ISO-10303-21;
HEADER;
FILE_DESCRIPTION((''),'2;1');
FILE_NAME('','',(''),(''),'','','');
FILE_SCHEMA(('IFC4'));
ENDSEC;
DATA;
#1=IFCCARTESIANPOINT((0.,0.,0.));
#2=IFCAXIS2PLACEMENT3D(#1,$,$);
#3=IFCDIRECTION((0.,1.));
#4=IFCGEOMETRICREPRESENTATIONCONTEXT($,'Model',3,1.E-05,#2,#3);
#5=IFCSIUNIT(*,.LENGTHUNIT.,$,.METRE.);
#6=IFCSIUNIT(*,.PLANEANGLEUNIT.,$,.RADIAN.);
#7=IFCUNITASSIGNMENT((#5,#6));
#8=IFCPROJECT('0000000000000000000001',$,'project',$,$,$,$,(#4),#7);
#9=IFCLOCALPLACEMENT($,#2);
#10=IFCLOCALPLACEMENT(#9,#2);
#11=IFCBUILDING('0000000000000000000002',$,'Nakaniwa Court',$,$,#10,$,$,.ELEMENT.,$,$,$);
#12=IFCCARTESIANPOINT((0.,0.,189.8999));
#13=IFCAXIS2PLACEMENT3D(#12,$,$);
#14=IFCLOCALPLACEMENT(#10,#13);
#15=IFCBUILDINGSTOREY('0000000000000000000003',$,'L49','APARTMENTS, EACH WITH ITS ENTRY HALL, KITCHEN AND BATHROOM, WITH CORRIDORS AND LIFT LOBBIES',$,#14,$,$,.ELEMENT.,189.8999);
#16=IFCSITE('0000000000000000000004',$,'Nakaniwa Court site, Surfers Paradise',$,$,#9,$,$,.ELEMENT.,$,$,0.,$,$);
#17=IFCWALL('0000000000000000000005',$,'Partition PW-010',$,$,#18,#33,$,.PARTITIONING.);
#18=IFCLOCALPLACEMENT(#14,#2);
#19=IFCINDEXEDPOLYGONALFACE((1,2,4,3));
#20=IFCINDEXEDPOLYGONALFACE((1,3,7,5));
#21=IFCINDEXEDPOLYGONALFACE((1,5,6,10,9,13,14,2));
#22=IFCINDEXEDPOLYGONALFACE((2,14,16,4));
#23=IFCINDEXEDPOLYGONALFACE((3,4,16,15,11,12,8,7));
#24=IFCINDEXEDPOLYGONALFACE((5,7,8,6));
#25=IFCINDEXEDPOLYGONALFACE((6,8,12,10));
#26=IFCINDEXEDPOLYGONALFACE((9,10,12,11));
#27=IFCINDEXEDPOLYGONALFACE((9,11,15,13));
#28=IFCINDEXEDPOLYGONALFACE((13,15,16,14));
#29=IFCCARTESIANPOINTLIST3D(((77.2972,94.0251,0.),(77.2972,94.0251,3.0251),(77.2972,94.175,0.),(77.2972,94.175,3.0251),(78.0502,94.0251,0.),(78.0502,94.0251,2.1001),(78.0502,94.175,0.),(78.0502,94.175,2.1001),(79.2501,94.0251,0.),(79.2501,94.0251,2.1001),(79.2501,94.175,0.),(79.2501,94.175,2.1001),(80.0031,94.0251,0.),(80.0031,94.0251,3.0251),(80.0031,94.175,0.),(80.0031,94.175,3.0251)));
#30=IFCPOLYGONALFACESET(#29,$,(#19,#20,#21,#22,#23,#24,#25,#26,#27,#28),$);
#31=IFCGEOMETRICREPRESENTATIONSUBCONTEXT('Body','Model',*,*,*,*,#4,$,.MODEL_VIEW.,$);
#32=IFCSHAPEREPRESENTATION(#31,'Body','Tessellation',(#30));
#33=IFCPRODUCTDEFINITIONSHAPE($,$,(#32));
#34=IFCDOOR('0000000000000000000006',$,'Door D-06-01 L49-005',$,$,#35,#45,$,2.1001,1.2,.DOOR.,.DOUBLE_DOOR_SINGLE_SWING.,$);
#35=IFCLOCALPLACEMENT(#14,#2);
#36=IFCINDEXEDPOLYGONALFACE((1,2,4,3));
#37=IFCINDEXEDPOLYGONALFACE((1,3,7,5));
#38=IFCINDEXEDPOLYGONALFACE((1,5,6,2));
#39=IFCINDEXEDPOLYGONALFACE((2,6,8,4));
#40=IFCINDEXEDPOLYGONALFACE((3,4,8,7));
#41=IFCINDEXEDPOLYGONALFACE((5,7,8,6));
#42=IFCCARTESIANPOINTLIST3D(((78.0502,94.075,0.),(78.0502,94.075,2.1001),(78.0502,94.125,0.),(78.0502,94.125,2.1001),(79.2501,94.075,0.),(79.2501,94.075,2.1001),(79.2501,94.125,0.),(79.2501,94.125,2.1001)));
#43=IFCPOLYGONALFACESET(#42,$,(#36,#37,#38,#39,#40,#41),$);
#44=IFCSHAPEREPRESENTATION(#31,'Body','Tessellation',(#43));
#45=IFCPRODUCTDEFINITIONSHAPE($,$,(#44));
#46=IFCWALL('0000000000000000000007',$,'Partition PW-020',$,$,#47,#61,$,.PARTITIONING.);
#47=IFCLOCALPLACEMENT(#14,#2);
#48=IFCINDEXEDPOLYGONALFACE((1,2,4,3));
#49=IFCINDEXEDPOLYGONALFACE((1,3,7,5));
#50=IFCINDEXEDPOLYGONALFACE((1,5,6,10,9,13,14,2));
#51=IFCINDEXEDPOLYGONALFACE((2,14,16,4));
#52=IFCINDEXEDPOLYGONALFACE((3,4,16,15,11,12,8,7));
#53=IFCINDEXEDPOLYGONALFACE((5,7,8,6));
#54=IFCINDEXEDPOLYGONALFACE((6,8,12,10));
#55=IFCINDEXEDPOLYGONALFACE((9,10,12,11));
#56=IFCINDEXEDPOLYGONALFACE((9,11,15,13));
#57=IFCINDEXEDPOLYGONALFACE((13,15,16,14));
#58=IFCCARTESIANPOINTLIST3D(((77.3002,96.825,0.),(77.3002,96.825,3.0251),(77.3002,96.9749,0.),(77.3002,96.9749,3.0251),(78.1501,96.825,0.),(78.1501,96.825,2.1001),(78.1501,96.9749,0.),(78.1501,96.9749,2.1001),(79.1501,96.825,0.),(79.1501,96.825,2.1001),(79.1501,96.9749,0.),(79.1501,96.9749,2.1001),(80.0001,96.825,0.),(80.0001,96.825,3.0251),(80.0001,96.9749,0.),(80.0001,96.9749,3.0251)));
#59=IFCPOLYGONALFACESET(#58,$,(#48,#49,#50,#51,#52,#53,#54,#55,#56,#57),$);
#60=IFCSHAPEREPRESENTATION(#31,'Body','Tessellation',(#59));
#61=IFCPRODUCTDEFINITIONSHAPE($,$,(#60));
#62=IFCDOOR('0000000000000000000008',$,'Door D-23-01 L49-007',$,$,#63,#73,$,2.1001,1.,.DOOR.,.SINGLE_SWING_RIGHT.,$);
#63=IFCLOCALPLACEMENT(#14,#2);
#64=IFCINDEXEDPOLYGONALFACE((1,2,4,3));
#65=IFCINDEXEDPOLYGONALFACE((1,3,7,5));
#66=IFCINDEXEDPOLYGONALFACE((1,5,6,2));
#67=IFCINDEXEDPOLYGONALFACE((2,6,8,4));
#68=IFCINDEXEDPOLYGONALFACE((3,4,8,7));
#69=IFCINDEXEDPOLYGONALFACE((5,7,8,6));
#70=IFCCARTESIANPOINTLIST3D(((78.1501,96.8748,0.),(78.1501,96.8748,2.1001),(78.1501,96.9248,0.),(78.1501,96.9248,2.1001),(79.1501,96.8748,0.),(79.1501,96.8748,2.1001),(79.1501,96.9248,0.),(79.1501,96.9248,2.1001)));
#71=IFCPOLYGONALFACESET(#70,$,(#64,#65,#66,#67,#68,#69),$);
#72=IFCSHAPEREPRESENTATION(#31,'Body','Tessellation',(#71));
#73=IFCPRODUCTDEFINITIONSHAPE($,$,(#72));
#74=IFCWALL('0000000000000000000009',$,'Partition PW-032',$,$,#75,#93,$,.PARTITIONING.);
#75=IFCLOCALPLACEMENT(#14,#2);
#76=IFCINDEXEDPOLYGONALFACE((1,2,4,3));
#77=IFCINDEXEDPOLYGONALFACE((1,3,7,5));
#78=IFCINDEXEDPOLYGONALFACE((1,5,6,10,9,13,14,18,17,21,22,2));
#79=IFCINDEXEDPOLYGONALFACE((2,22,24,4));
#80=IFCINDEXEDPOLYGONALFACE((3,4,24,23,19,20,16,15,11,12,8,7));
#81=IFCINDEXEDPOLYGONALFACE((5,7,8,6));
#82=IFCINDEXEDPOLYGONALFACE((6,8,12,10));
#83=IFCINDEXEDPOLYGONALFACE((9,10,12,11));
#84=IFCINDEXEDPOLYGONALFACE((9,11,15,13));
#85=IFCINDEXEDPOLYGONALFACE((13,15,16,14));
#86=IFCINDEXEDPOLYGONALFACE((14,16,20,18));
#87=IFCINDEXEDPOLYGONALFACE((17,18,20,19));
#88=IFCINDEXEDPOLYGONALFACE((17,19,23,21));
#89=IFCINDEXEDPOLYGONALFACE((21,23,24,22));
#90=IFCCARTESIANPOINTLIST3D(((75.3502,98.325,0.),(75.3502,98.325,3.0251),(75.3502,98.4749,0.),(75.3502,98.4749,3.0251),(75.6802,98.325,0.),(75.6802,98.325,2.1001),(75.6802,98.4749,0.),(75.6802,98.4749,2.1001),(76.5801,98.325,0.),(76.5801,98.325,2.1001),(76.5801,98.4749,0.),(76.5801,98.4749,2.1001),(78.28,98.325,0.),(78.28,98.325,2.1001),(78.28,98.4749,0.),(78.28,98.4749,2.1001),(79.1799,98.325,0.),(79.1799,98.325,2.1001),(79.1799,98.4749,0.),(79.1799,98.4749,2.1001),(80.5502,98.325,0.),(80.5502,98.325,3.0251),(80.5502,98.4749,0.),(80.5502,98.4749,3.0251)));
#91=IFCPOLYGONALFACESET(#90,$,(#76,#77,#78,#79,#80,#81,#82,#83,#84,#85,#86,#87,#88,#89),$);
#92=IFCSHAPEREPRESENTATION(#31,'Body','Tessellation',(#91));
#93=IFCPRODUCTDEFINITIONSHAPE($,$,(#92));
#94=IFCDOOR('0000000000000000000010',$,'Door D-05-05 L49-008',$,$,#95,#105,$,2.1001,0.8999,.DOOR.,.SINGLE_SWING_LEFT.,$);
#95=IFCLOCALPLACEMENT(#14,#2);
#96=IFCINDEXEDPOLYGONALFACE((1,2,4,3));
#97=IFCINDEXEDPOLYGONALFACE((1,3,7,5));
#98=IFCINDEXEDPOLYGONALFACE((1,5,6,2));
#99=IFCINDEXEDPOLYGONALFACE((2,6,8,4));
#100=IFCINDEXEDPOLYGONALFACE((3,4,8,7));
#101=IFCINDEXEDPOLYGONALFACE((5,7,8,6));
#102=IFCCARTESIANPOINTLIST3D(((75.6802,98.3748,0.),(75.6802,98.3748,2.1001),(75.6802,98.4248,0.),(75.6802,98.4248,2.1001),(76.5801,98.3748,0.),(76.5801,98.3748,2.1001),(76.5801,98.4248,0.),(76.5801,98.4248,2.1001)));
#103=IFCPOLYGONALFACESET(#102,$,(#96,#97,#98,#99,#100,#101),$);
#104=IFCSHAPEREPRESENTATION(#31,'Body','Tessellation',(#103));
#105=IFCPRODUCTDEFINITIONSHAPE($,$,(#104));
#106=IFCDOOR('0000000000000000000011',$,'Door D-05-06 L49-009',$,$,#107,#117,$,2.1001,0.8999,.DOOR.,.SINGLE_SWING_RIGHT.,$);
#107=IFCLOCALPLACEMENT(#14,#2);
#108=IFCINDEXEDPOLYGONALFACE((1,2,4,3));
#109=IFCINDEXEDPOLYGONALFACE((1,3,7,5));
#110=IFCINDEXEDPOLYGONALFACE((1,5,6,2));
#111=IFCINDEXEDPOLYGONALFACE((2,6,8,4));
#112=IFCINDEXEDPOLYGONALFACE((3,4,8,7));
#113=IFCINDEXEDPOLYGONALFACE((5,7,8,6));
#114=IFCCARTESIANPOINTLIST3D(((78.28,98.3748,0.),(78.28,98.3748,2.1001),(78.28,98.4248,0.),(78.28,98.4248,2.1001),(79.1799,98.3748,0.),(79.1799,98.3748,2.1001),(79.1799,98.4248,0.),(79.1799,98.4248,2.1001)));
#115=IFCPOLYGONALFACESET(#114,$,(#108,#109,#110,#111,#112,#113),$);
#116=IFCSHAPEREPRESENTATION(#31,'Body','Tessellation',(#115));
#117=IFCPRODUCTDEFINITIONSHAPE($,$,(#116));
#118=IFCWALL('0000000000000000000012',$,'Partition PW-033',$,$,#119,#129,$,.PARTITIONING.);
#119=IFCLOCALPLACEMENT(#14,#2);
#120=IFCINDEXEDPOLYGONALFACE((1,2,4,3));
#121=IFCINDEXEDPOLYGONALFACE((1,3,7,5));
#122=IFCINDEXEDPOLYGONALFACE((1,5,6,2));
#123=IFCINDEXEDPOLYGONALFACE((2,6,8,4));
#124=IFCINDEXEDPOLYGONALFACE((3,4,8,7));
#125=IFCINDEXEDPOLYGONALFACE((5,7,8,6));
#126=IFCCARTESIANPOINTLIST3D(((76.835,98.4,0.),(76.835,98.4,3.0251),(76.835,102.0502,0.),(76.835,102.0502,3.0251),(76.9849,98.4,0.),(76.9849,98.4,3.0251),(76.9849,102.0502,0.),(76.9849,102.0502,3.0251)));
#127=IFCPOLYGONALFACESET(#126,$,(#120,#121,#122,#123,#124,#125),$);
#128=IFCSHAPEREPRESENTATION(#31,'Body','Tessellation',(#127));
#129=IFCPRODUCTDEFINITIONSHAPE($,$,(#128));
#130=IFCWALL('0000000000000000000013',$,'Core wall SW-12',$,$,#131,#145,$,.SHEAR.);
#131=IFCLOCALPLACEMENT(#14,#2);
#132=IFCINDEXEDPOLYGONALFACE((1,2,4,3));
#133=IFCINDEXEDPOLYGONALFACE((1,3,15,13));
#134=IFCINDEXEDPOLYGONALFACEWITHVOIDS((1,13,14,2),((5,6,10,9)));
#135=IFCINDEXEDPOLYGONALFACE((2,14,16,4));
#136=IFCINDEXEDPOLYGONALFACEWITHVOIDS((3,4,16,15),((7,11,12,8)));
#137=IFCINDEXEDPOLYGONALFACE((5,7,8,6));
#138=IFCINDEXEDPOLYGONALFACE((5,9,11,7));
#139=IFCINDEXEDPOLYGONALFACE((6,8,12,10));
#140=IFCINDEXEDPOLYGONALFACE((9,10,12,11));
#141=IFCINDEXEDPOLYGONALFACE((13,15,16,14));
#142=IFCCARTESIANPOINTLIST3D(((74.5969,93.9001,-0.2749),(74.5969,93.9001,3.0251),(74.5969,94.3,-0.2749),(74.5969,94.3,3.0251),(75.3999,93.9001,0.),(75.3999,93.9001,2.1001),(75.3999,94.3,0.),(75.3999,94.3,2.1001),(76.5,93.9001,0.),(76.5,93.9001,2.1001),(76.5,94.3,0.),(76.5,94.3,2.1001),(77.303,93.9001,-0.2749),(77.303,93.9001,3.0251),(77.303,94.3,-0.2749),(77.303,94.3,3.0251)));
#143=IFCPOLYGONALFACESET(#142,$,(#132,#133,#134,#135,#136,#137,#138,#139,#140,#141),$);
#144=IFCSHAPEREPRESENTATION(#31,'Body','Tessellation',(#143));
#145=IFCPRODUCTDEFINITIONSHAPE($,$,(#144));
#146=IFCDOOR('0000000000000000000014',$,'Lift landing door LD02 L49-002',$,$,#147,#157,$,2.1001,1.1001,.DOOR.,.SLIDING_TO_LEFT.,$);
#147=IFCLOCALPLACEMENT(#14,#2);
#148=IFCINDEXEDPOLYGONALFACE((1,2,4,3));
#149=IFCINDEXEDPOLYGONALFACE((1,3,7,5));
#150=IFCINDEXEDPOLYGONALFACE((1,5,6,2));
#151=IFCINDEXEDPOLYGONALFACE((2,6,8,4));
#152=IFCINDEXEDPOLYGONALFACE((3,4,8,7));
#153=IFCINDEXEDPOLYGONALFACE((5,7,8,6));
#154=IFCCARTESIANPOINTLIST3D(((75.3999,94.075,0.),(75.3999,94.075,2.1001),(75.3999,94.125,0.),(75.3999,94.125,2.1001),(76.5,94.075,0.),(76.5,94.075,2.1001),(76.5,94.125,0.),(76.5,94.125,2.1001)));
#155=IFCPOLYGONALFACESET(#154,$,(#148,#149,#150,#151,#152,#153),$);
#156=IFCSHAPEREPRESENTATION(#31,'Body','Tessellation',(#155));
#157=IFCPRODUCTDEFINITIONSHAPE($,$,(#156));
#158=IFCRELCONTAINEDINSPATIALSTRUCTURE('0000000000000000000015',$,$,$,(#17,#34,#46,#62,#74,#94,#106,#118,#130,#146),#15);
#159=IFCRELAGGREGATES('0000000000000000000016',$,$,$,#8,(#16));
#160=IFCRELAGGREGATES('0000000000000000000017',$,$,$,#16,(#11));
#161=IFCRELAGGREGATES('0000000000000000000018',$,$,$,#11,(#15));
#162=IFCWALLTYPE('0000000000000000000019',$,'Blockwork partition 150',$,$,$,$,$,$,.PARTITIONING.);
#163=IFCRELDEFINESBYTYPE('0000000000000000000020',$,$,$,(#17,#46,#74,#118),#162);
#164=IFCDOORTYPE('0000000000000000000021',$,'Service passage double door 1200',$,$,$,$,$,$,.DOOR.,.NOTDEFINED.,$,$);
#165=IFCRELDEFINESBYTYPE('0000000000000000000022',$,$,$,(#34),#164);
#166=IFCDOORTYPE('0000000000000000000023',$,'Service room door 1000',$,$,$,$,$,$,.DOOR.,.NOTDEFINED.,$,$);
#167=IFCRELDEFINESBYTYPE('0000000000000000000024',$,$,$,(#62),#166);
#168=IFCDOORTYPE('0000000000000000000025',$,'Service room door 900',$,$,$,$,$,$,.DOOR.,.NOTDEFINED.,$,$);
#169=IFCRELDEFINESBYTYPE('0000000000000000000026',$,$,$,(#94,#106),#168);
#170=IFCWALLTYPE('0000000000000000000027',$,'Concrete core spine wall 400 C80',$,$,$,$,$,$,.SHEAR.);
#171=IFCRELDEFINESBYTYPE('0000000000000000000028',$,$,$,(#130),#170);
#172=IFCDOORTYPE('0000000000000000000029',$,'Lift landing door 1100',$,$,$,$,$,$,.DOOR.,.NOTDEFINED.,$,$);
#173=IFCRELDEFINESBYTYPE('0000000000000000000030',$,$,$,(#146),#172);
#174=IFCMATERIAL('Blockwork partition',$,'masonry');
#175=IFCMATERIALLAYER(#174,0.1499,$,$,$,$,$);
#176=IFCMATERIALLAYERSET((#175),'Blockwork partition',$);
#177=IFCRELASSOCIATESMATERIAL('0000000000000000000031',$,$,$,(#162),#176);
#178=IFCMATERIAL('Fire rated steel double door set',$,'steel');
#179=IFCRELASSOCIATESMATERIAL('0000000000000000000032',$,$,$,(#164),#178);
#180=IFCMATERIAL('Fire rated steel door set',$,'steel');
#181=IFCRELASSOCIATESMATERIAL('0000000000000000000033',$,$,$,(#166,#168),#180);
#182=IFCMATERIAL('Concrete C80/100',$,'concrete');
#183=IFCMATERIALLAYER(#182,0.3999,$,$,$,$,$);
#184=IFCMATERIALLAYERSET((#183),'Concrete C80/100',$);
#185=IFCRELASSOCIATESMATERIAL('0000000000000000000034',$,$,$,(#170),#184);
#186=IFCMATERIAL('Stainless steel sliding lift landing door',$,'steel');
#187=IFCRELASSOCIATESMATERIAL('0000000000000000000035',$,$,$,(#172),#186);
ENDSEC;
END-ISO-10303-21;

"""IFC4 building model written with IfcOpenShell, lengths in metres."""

from ifc_helpers import new_model, si_unit, direction, frame, frame_2d, origin, place, context, subcontext, project, spatial, rectangle, extrude, material, layer, layer_set, type_object, element, fill, save


model = new_model("IFC4")

# Units and contexts
model_context = context("Model", 3, precision=1e-05, world=origin(), true_north=direction((0.0, 1.0)))
body_context = subcontext(model_context, "Body", "Model", "MODEL_VIEW")
ifc_project = project(units=[si_unit("LENGTHUNIT", "METRE"), si_unit("PLANEANGLEUNIT", "RADIAN")], contexts=[model_context])

# Site, building, storey
site_placement = place(None, origin())
site = spatial("IfcSite", under=ifc_project, at=site_placement, Name="Nakaniwa Court site, Surfers Paradise", CompositionType="ELEMENT", RefElevation=0.0)
building_placement = place(site_placement, origin())
building = spatial("IfcBuilding", under=site, at=building_placement, Name="Nakaniwa Court", CompositionType="ELEMENT")
storey_placement = place(building_placement, frame((0.0, 0.0, 189.8999)))
storey = spatial("IfcBuildingStorey", under=building, at=storey_placement, Name="L49", Description="APARTMENTS, EACH WITH ITS ENTRY HALL, KITCHEN AND BATHROOM, WITH CORRIDORS AND LIFT LOBBIES", CompositionType="ELEMENT", Elevation=189.8999)

# Walls, openings, doors
ifc_material_1 = material(Name="Blockwork partition", Category="masonry")
ifc_layer_1 = layer(ifc_material_1, 0.1499)
ifc_layer_set_1 = layer_set([ifc_layer_1], Name="Blockwork partition")
wall_type_1 = type_object("IfcWallType", Name="Blockwork partition 150", PredefinedType="PARTITIONING", material=ifc_layer_set_1)
wall_1_placement = place(storey_placement, frame((77.2971, 94.1001, 0.0), z_axis=(0.0, 0.0, 1.0), x_axis=(1.0, 0.0, 0.0)))
wall_1 = element("IfcWall", 1, at=wall_1_placement, inside=storey, type_object=wall_type_1, Name="Partition PW-010", PredefinedType="PARTITIONING", context=body_context, shape_type="SweptSolid", body=[
    extrude(rectangle(XDim=2.7058, YDim=0.1499, at=frame_2d((1.353, 0.0))), origin(), (0.0, 0.0, 1.0), 3.0251),
])
opening_1_placement = place(wall_1_placement, frame((0.7529, 0.0, 0.0)))
opening_1 = element("IfcOpeningElement", 2, at=opening_1_placement, cuts=wall_1, PredefinedType="OPENING", context=body_context, shape_type="SweptSolid", body=[
    extrude(rectangle(XDim=1.2, YDim=2.1001, at=frame_2d((0.6001, 1.05))), frame((0.0, 0.085, 0.0), z_axis=(0.0, -1.0, 0.0), x_axis=(1.0, 0.0, 0.0)), (0.0, 0.0, 1.0), 0.1699),
])
ifc_material_2 = material(Name="Fire rated steel double door set", Category="steel")
door_type_1 = type_object("IfcDoorType", Name="Service passage double door 1200", OperationType="NOTDEFINED", PredefinedType="DOOR", material=ifc_material_2)
door_1_placement = place(opening_1_placement, origin())
door_1 = element("IfcDoor", 3, at=door_1_placement, inside=storey, type_object=door_type_1, Name="Door D-06-01 L49-005", OperationType="DOUBLE_DOOR_SINGLE_SWING", OverallHeight=2.1001, OverallWidth=1.2, PredefinedType="DOOR", context=body_context, shape_type="SweptSolid", body=[
    extrude(rectangle(XDim=1.2, YDim=2.1001, at=frame_2d((0.6001, 1.05))), frame((0.0, 0.0249, 0.0), z_axis=(0.0, -1.0, 0.0), x_axis=(1.0, 0.0, 0.0)), (0.0, 0.0, 1.0), 0.05),
])
fill(opening_1, door_1)
wall_2_placement = place(storey_placement, frame((77.3, 96.8999, 0.0), z_axis=(0.0, 0.0, 1.0), x_axis=(1.0, 0.0, 0.0)))
wall_2 = element("IfcWall", 4, at=wall_2_placement, inside=storey, type_object=wall_type_1, Name="Partition PW-020", PredefinedType="PARTITIONING", context=body_context, shape_type="SweptSolid", body=[
    extrude(rectangle(XDim=2.7, YDim=0.1499, at=frame_2d((1.3501, 0.0))), origin(), (0.0, 0.0, 1.0), 3.0251),
])
opening_2_placement = place(wall_2_placement, frame((0.8501, 0.0, 0.0)))
opening_2 = element("IfcOpeningElement", 5, at=opening_2_placement, cuts=wall_2, PredefinedType="OPENING", context=body_context, shape_type="SweptSolid", body=[
    extrude(rectangle(XDim=1.0, YDim=2.1001, at=frame_2d((0.5, 1.05))), frame((0.0, 0.085, 0.0), z_axis=(0.0, -1.0, 0.0), x_axis=(1.0, 0.0, 0.0)), (0.0, 0.0, 1.0), 0.1699),
])
ifc_material_3 = material(Name="Fire rated steel door set", Category="steel")
door_type_2 = type_object("IfcDoorType", Name="Service room door 1000", OperationType="NOTDEFINED", PredefinedType="DOOR", material=ifc_material_3)
door_2_placement = place(opening_2_placement, origin())
door_2 = element("IfcDoor", 6, at=door_2_placement, inside=storey, type_object=door_type_2, Name="Door D-23-01 L49-007", OperationType="SINGLE_SWING_RIGHT", OverallHeight=2.1001, OverallWidth=1.0, PredefinedType="DOOR", context=body_context, shape_type="SweptSolid", body=[
    extrude(rectangle(XDim=1.0, YDim=2.1001, at=frame_2d((0.5, 1.05))), frame((0.0, 0.0249, 0.0), z_axis=(0.0, -1.0, 0.0), x_axis=(1.0, 0.0, 0.0)), (0.0, 0.0, 1.0), 0.05),
])
fill(opening_2, door_2)

# Wall, openings, doors
wall_3_placement = place(storey_placement, frame((75.3501, 98.3999, 0.0), z_axis=(0.0, 0.0, 1.0), x_axis=(1.0, 0.0, 0.0)))
wall_3 = element("IfcWall", 7, at=wall_3_placement, inside=storey, type_object=wall_type_1, Name="Partition PW-032", PredefinedType="PARTITIONING", context=body_context, shape_type="SweptSolid", body=[
    extrude(rectangle(XDim=5.2, YDim=0.1499, at=frame_2d((2.6001, 0.0))), origin(), (0.0, 0.0, 1.0), 3.0251),
])
opening_3_placement = place(wall_3_placement, frame((0.3301, 0.0, 0.0)))
opening_3 = element("IfcOpeningElement", 8, at=opening_3_placement, cuts=wall_3, PredefinedType="OPENING", context=body_context, shape_type="SweptSolid", body=[
    extrude(rectangle(XDim=0.8999, YDim=2.1001, at=frame_2d((0.45, 1.05))), frame((0.0, 0.085, 0.0), z_axis=(0.0, -1.0, 0.0), x_axis=(1.0, 0.0, 0.0)), (0.0, 0.0, 1.0), 0.1699),
])
opening_4_placement = place(wall_3_placement, frame((2.9299, 0.0, 0.0)))
opening_4 = element("IfcOpeningElement", 9, at=opening_4_placement, cuts=wall_3, PredefinedType="OPENING", context=body_context, shape_type="SweptSolid", body=[
    extrude(rectangle(XDim=0.8999, YDim=2.1001, at=frame_2d((0.45, 1.05))), frame((0.0, 0.085, 0.0), z_axis=(0.0, -1.0, 0.0), x_axis=(1.0, 0.0, 0.0)), (0.0, 0.0, 1.0), 0.1699),
])
door_type_3 = type_object("IfcDoorType", Name="Service room door 900", OperationType="NOTDEFINED", PredefinedType="DOOR", material=ifc_material_3)
door_3_placement = place(opening_3_placement, origin())
door_3 = element("IfcDoor", 10, at=door_3_placement, inside=storey, type_object=door_type_3, Name="Door D-05-05 L49-008", OperationType="SINGLE_SWING_LEFT", OverallHeight=2.1001, OverallWidth=0.8999, PredefinedType="DOOR", context=body_context, shape_type="SweptSolid", body=[
    extrude(rectangle(XDim=0.8999, YDim=2.1001, at=frame_2d((0.45, 1.05))), frame((0.0, 0.0249, 0.0), z_axis=(0.0, -1.0, 0.0), x_axis=(1.0, 0.0, 0.0)), (0.0, 0.0, 1.0), 0.05),
])
fill(opening_3, door_3)
door_4_placement = place(opening_4_placement, origin())
door_4 = element("IfcDoor", 11, at=door_4_placement, inside=storey, type_object=door_type_3, Name="Door D-05-06 L49-009", OperationType="SINGLE_SWING_RIGHT", OverallHeight=2.1001, OverallWidth=0.8999, PredefinedType="DOOR", context=body_context, shape_type="SweptSolid", body=[
    extrude(rectangle(XDim=0.8999, YDim=2.1001, at=frame_2d((0.45, 1.05))), frame((0.0, 0.0249, 0.0), z_axis=(0.0, -1.0, 0.0), x_axis=(1.0, 0.0, 0.0)), (0.0, 0.0, 1.0), 0.05),
])
fill(opening_4, door_4)

# Wall
wall_4_placement = place(storey_placement, frame((76.9099, 98.3999, 0.0), z_axis=(0.0, 0.0, 1.0), x_axis=(0.0, 1.0, 0.0)))
element("IfcWall", 12, at=wall_4_placement, inside=storey, type_object=wall_type_1, Name="Partition PW-033", PredefinedType="PARTITIONING", context=body_context, shape_type="SweptSolid", body=[
    extrude(rectangle(XDim=3.6501, YDim=0.1499, at=frame_2d((1.8252, 0.0))), origin(), (0.0, 0.0, 1.0), 3.0251),
])

# Wall, opening, door
ifc_material_4 = material(Name="Concrete C80/100", Category="concrete")
ifc_layer_2 = layer(ifc_material_4, 0.3999)
ifc_layer_set_2 = layer_set([ifc_layer_2], Name="Concrete C80/100")
wall_type_2 = type_object("IfcWallType", Name="Concrete core spine wall 400 C80", PredefinedType="SHEAR", material=ifc_layer_set_2)
wall_5_placement = place(storey_placement, frame((74.5969, 94.1001, -0.2749), z_axis=(0.0, 0.0, 1.0), x_axis=(1.0, 0.0, 0.0)))
wall_5 = element("IfcWall", 13, at=wall_5_placement, inside=storey, type_object=wall_type_2, Name="Core wall SW-12", PredefinedType="SHEAR", context=body_context, shape_type="SweptSolid", body=[
    extrude(rectangle(XDim=2.7061, YDim=0.3999, at=frame_2d((1.353, 0.0))), origin(), (0.0, 0.0, 1.0), 3.3),
])
opening_5_placement = place(wall_5_placement, frame((0.803, 0.0, 0.2749)))
opening_5 = element("IfcOpeningElement", 14, at=opening_5_placement, cuts=wall_5, PredefinedType="OPENING", context=body_context, shape_type="SweptSolid", body=[
    extrude(rectangle(XDim=1.1001, YDim=2.1001, at=frame_2d((0.55, 1.05))), frame((0.0, 0.21, 0.0), z_axis=(0.0, -1.0, 0.0), x_axis=(1.0, 0.0, 0.0)), (0.0, 0.0, 1.0), 0.4199),
])
ifc_material_5 = material(Name="Stainless steel sliding lift landing door", Category="steel")
door_type_4 = type_object("IfcDoorType", Name="Lift landing door 1100", OperationType="NOTDEFINED", PredefinedType="DOOR", material=ifc_material_5)
door_5_placement = place(opening_5_placement, origin())
door_5 = element("IfcDoor", 15, at=door_5_placement, inside=storey, type_object=door_type_4, Name="Lift landing door LD02 L49-002", OperationType="SLIDING_TO_LEFT", OverallHeight=2.1001, OverallWidth=1.1001, PredefinedType="DOOR", context=body_context, shape_type="SweptSolid", body=[
    extrude(rectangle(XDim=1.1001, YDim=2.1001, at=frame_2d((0.55, 1.05))), frame((0.0, 0.0249, 0.0), z_axis=(0.0, -1.0, 0.0), x_axis=(1.0, 0.0, 0.0)), (0.0, 0.0, 1.0), 0.05),
])
fill(opening_5, door_5)

save(model, "model.ifc")
